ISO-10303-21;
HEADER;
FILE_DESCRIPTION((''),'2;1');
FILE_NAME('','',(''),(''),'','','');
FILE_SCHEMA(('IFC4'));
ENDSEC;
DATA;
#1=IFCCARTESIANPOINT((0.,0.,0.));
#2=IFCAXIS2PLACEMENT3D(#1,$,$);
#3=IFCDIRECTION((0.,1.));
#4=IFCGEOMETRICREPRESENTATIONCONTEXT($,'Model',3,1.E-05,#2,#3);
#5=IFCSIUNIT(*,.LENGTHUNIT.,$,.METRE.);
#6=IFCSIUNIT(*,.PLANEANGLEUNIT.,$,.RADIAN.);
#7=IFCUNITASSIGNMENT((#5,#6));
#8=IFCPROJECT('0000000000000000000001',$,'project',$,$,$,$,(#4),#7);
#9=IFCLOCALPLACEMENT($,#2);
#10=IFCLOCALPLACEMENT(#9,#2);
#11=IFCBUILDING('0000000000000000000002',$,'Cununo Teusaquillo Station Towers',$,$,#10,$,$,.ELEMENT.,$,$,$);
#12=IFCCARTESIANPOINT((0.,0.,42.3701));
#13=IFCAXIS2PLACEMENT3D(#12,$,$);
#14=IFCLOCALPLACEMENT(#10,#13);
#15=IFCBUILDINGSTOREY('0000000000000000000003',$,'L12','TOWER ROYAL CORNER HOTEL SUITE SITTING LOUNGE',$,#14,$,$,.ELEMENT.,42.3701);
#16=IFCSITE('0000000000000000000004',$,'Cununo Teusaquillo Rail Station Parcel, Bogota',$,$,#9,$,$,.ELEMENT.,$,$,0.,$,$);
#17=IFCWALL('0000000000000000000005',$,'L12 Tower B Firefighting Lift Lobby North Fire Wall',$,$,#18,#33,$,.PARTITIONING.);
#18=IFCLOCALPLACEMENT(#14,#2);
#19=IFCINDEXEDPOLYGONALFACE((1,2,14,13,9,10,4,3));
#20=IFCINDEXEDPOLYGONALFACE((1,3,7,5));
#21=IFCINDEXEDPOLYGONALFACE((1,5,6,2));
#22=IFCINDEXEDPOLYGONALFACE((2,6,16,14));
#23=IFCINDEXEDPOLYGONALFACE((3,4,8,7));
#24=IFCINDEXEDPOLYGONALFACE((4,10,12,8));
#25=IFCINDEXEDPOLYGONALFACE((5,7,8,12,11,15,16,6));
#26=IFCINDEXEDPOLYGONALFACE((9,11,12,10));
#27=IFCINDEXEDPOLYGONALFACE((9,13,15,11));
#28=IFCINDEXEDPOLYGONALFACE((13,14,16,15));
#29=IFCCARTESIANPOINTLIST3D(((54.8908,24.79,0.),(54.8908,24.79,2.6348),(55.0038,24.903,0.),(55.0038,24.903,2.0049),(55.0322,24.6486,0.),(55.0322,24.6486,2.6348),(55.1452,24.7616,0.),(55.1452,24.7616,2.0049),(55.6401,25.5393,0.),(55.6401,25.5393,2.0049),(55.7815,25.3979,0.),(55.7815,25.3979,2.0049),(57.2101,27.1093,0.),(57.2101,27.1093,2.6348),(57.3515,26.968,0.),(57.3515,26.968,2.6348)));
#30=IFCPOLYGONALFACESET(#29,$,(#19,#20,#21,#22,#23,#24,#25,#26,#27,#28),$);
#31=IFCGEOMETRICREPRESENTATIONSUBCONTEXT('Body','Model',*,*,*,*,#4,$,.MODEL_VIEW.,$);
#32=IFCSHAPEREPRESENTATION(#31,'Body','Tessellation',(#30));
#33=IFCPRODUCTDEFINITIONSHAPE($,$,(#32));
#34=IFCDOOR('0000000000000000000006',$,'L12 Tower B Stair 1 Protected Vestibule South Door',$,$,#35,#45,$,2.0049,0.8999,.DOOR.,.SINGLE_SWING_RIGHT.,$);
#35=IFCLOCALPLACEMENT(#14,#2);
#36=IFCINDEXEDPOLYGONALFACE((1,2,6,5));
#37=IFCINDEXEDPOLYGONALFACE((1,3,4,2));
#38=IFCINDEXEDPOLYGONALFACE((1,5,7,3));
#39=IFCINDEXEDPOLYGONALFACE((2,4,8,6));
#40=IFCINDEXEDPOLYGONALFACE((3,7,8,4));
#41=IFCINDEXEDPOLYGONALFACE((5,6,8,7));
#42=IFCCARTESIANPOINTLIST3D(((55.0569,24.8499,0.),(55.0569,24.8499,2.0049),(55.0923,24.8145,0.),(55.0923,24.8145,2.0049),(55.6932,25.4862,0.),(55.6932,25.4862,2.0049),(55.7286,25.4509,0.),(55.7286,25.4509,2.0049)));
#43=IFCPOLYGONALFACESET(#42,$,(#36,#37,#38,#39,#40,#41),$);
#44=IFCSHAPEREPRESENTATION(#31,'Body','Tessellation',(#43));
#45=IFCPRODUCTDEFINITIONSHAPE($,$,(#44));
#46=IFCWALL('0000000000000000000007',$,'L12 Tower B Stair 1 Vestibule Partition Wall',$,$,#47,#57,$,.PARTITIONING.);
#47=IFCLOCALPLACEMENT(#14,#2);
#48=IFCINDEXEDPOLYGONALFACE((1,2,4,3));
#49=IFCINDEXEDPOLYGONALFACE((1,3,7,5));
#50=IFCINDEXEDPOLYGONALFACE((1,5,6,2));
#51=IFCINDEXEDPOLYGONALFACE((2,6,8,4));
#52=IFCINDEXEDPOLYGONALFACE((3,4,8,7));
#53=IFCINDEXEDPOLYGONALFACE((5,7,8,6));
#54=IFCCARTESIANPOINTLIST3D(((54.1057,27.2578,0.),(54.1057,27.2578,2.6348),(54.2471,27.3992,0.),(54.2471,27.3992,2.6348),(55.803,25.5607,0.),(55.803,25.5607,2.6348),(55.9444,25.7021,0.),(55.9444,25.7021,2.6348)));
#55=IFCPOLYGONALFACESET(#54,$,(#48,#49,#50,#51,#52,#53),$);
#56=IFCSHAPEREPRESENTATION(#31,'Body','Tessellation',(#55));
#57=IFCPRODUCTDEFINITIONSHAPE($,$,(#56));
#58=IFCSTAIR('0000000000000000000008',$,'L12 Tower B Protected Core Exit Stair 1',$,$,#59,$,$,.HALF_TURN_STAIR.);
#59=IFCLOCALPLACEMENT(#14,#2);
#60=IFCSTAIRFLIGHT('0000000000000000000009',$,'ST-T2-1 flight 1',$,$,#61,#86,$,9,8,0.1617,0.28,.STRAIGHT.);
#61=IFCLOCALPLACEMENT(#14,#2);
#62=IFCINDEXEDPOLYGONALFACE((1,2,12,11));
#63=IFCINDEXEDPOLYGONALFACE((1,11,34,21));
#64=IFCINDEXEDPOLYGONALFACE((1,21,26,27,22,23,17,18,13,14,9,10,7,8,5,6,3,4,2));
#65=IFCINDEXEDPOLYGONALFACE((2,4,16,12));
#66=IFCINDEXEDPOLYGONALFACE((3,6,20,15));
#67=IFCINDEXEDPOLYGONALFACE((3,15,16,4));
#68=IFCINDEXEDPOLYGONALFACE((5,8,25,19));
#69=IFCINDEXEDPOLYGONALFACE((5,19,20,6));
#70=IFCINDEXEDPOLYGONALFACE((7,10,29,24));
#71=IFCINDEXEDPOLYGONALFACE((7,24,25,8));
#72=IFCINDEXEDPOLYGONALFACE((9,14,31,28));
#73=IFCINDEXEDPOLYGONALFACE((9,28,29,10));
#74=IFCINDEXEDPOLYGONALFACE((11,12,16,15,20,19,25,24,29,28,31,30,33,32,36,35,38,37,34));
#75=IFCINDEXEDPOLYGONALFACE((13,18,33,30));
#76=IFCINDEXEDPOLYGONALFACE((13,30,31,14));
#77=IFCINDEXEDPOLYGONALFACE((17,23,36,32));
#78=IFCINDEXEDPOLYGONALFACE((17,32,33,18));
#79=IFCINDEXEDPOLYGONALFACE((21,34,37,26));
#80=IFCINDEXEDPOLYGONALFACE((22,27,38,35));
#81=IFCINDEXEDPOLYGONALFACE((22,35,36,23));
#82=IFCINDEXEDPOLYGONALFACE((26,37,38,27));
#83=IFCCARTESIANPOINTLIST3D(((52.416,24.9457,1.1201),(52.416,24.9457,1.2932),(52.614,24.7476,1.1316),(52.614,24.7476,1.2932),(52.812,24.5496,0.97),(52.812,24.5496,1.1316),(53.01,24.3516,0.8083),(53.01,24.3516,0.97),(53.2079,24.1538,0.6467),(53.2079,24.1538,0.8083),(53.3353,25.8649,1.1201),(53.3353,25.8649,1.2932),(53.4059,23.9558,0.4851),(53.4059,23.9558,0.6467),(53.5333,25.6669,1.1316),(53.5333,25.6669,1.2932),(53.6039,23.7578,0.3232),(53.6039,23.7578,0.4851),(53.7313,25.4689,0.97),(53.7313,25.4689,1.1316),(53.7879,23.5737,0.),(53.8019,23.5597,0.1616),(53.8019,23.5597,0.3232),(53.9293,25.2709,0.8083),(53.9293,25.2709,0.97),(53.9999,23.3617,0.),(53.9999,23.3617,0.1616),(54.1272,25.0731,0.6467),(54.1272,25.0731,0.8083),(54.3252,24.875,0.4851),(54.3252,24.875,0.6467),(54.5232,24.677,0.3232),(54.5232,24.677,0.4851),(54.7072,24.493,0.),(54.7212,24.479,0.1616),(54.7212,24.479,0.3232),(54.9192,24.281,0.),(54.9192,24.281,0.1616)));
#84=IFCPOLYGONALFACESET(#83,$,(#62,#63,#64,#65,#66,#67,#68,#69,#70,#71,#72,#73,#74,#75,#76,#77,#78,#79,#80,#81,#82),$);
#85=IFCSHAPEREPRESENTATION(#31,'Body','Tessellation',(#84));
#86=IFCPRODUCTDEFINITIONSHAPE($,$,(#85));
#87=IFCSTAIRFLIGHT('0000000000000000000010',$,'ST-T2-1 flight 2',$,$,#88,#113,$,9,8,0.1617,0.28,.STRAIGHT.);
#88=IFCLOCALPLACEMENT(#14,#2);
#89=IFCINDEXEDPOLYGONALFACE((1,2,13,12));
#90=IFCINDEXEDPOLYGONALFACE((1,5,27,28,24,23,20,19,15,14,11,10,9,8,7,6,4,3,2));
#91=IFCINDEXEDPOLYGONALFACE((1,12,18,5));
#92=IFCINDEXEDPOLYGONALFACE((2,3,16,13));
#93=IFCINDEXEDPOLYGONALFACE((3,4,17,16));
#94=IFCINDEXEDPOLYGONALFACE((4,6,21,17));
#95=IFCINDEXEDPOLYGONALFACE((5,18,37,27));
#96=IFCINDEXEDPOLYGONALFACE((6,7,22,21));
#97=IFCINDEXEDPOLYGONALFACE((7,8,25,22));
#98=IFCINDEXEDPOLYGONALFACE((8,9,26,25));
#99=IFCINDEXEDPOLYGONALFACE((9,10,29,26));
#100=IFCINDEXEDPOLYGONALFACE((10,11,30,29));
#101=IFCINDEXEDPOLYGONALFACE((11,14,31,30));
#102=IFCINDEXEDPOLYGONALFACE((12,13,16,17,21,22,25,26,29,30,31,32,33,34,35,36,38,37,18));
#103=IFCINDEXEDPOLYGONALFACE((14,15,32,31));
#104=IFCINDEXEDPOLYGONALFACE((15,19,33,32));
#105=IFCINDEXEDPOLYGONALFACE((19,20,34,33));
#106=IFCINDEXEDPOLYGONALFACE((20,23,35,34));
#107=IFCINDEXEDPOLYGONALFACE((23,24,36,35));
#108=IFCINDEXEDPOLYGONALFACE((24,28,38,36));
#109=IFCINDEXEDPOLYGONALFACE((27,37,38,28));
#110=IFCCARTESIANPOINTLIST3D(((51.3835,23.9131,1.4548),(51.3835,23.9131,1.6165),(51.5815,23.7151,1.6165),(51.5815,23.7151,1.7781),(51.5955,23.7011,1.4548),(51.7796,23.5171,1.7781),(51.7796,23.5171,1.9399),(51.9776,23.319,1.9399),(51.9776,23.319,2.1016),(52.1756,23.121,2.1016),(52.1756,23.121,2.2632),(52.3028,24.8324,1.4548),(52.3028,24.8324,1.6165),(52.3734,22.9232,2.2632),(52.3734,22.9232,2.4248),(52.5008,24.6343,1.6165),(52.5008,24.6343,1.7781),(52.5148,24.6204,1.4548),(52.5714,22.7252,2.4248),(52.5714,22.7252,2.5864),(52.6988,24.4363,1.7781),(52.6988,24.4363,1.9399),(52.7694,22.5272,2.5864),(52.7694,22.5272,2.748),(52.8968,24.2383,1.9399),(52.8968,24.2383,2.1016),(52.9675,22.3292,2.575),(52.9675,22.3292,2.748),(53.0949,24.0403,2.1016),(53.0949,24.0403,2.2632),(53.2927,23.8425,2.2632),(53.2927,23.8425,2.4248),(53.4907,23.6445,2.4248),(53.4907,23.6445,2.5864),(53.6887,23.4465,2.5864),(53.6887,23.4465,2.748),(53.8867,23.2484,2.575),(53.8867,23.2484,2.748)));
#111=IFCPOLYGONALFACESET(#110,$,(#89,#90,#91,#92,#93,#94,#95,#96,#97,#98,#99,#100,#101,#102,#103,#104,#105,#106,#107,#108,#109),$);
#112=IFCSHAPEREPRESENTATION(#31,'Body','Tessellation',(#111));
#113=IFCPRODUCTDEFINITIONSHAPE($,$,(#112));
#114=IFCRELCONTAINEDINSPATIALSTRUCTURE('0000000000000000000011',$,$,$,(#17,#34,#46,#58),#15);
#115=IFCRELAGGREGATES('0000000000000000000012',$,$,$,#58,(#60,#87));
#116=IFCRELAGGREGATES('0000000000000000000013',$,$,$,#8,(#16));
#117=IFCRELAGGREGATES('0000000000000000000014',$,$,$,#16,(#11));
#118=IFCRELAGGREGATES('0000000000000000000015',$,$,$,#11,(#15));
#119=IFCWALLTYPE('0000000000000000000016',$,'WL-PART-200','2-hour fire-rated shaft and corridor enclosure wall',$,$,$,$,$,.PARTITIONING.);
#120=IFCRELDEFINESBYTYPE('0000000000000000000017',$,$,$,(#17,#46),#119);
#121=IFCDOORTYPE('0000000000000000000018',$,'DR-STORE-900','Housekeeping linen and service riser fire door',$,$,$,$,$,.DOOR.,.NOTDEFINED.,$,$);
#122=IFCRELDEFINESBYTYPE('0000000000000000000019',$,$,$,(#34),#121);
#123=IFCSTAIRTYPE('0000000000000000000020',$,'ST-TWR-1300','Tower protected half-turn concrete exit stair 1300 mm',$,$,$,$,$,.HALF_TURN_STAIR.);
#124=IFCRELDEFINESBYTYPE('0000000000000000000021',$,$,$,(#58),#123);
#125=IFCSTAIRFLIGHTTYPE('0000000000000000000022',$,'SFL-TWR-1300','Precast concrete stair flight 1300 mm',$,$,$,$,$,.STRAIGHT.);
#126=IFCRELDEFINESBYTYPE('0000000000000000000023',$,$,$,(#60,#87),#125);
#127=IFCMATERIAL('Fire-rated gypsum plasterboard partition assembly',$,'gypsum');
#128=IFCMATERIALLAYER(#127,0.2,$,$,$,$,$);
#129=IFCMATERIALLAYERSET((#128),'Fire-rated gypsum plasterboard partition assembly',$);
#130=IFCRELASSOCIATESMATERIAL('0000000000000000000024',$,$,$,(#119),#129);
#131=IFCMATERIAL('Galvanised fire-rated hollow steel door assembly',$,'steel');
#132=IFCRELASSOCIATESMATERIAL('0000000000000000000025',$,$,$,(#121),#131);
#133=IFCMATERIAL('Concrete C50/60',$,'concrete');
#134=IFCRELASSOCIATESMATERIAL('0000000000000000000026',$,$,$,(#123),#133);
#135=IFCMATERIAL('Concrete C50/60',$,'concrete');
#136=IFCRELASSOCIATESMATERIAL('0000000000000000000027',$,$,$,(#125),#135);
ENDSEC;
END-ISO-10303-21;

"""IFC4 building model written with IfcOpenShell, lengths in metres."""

from ifc_helpers import new_model, si_unit, direction, frame, frame_2d, origin, place, context, subcontext, project, spatial, polyline, rectangle, outline, extrude, source, transform, mapped, material, layer, layer_set, type_object, element, fill, aggregate, save


model = new_model("IFC4")

# Units and contexts
model_context = context("Model", 3, precision=1e-05, world=origin(), true_north=direction((0.0, 1.0)))
body_context = subcontext(model_context, "Body", "Model", "MODEL_VIEW")
ifc_project = project(units=[si_unit("LENGTHUNIT", "METRE"), si_unit("PLANEANGLEUNIT", "RADIAN")], contexts=[model_context])

# Site, building, storey
site_placement = place(None, origin())
site = spatial("IfcSite", under=ifc_project, at=site_placement, Name="Cununo Teusaquillo Rail Station Parcel, Bogota", CompositionType="ELEMENT", RefElevation=0.0)
building_placement = place(site_placement, origin())
building = spatial("IfcBuilding", under=site, at=building_placement, Name="Cununo Teusaquillo Station Towers", CompositionType="ELEMENT")
storey_placement = place(building_placement, frame((0.0, 0.0, 42.3701)))
storey = spatial("IfcBuildingStorey", under=building, at=storey_placement, Name="L12", Description="TOWER ROYAL CORNER HOTEL SUITE SITTING LOUNGE", CompositionType="ELEMENT", Elevation=42.3701)

# Shared definitions
shared_shape_1 = source(origin(), body_context, "Body", "SweptSolid", [
    extrude(rectangle(XDim=0.8999, YDim=2.0049, at=frame_2d((0.45, 1.0024))), frame((0.0, 0.0249, 0.0), z_axis=(0.0, -1.0, 0.0), x_axis=(1.0, 0.0, 0.0)), (0.0, 0.0, 1.0), 0.05),
])

# Wall, opening, door
ifc_material_1 = material(Name="Fire-rated gypsum plasterboard partition assembly", Category="gypsum")
ifc_layer_1 = layer(ifc_material_1, 0.2)
ifc_layer_set_1 = layer_set([ifc_layer_1], Name="Fire-rated gypsum plasterboard partition assembly")
wall_type_1 = type_object("IfcWallType", Name="WL-PART-200", Description="2-hour fire-rated shaft and corridor enclosure wall", PredefinedType="PARTITIONING", material=ifc_layer_set_1)
wall_1_placement = place(storey_placement, frame((54.9614, 24.7192, 0.0), z_axis=(0.0, 0.0, 1.0), x_axis=(0.707107, 0.707107, 0.0)))
wall_1 = element("IfcWall", 1, at=wall_1_placement, inside=storey, type_object=wall_type_1, Name="L12 Tower B Firefighting Lift Lobby North Fire Wall", PredefinedType="PARTITIONING", context=body_context, shape_type="SweptSolid", body=[
    extrude(rectangle(XDim=3.28, YDim=0.2, at=frame_2d((1.6401, 0.0))), origin(), (0.0, 0.0, 1.0), 2.6348),
])
shared_shape_2 = source(origin(), body_context, "Body", "SweptSolid", [
    extrude(rectangle(XDim=0.8999, YDim=2.0049, at=frame_2d((0.45, 1.0024))), frame((0.0, 0.1099, 0.0), z_axis=(0.0, -1.0, 0.0), x_axis=(1.0, 0.0, 0.0)), (0.0, 0.0, 1.0), 0.22),
])
opening_1_placement = place(wall_1_placement, frame((0.1599, 0.0, 0.0)))
opening_1 = element("IfcOpeningElement", 2, at=opening_1_placement, cuts=wall_1, PredefinedType="OPENING", context=body_context, shape_type="MappedRepresentation", body=[
    mapped(shared_shape_2, transform((0.0, 0.0, 0.0), x_axis=(1.0, 0.0, 0.0), y_axis=(0.0, 1.0, 0.0), z_axis=(0.0, 0.0, 1.0), scale=1.0)),
])
ifc_material_2 = material(Name="Galvanised fire-rated hollow steel door assembly", Category="steel")
door_type_1 = type_object("IfcDoorType", Name="DR-STORE-900", Description="Housekeeping linen and service riser fire door", OperationType="NOTDEFINED", PredefinedType="DOOR", material=ifc_material_2)
door_1_placement = place(opening_1_placement, origin())
door_1 = element("IfcDoor", 3, at=door_1_placement, inside=storey, type_object=door_type_1, Name="L12 Tower B Stair 1 Protected Vestibule South Door", OperationType="SINGLE_SWING_RIGHT", OverallHeight=2.0049, OverallWidth=0.8999, PredefinedType="DOOR", context=body_context, shape_type="MappedRepresentation", body=[
    mapped(shared_shape_1, transform((0.0, 0.0, 0.0), x_axis=(1.0, 0.0, 0.0), y_axis=(0.0, 1.0, 0.0), z_axis=(0.0, 0.0, 1.0), scale=1.0)),
])
fill(opening_1, door_1)

# Wall
wall_2_placement = place(storey_placement, frame((55.8738, 25.6313, 0.0), z_axis=(0.0, 0.0, 1.0), x_axis=(-0.707158, 0.707056, 0.0)))
element("IfcWall", 4, at=wall_2_placement, inside=storey, type_object=wall_type_1, Name="L12 Tower B Stair 1 Vestibule Partition Wall", PredefinedType="PARTITIONING", context=body_context, shape_type="SweptSolid", body=[
    extrude(rectangle(XDim=2.4001, YDim=0.2, at=frame_2d((1.2002, 0.0))), origin(), (0.0, 0.0, 1.0), 2.6348),
])

# Stair, stair flights
ifc_material_3 = material(Name="Concrete C50/60", Category="concrete")
stair_type = type_object("IfcStairType", Name="ST-TWR-1300", Description="Tower protected half-turn concrete exit stair 1300 mm", PredefinedType="HALF_TURN_STAIR", material=ifc_material_3)
stair_placement = place(storey_placement, origin())
stair = element("IfcStair", 5, at=stair_placement, inside=storey, type_object=stair_type, Name="L12 Tower B Protected Core Exit Stair 1", PredefinedType="HALF_TURN_STAIR")
ifc_material_4 = material(Name="Concrete C50/60", Category="concrete")
stair_flight_type = type_object("IfcStairFlightType", Name="SFL-TWR-1300", Description="Precast concrete stair flight 1300 mm", PredefinedType="STRAIGHT", material=ifc_material_4)
stair_flight_1_placement = place(storey_placement, frame((54.4595, 23.8213, 0.0), z_axis=(0.0, 0.0, 1.0), x_axis=(-0.707107, 0.707107, 0.0)))
stair_flight_1 = element("IfcStairFlight", 6, at=stair_flight_1_placement, type_object=stair_flight_type, Name="ST-T2-1 flight 1", NumberOfRisers=9, NumberOfTreads=8, PredefinedType="STRAIGHT", RiserHeight=0.1617, TreadLength=0.28, context=body_context, shape_type="SweptSolid", body=[
    extrude(outline(polyline([(0.0, 0.0), (0.0, 0.1616), (0.28, 0.1616), (0.28, 0.3232), (0.5601, 0.3232), (0.5601, 0.4851), (0.8401, 0.4851), (0.8401, 0.6467), (1.1201, 0.6467), (1.1201, 0.8083), (1.3999, 0.8083), (1.3999, 0.97), (1.6799, 0.97), (1.6799, 1.1316), (1.96, 1.1316), (1.96, 1.2932), (2.24, 1.2932), (2.24, 1.4551), (2.24, 1.1201), (0.2998, 0.0), (0.0, 0.0)])), frame((0.0, 0.6499, 0.0), z_axis=(0.0, -1.0, 0.0), x_axis=(1.0, 0.0, 0.0)), (0.0, 0.0, 1.0), 1.3),
])
stair_flight_2_placement = place(storey_placement, frame((51.8433, 24.3728, 1.4548), z_axis=(0.0, 0.0, 1.0), x_axis=(0.707107, -0.707107, 0.0)))
stair_flight_2 = element("IfcStairFlight", 7, at=stair_flight_2_placement, type_object=stair_flight_type, Name="ST-T2-1 flight 2", NumberOfRisers=9, NumberOfTreads=8, PredefinedType="STRAIGHT", RiserHeight=0.1617, TreadLength=0.28, context=body_context, shape_type="SweptSolid", body=[
    extrude(outline(polyline([(0.0, 0.0), (0.0, 0.1616), (0.28, 0.1616), (0.28, 0.3232), (0.5601, 0.3232), (0.5601, 0.4851), (0.8401, 0.4851), (0.8401, 0.6467), (1.1201, 0.6467), (1.1201, 0.8083), (1.3999, 0.8083), (1.3999, 0.97), (1.6799, 0.97), (1.6799, 1.1316), (1.96, 1.1316), (1.96, 1.2932), (2.24, 1.2932), (2.24, 1.4551), (2.24, 1.1201), (0.2998, 0.0), (0.0, 0.0)])), frame((0.0, 0.6499, 0.0), z_axis=(0.0, -1.0, 0.0), x_axis=(1.0, 0.0, 0.0)), (0.0, 0.0, 1.0), 1.3),
])
aggregate(stair, [stair_flight_1, stair_flight_2])

save(model, "model.ifc")
